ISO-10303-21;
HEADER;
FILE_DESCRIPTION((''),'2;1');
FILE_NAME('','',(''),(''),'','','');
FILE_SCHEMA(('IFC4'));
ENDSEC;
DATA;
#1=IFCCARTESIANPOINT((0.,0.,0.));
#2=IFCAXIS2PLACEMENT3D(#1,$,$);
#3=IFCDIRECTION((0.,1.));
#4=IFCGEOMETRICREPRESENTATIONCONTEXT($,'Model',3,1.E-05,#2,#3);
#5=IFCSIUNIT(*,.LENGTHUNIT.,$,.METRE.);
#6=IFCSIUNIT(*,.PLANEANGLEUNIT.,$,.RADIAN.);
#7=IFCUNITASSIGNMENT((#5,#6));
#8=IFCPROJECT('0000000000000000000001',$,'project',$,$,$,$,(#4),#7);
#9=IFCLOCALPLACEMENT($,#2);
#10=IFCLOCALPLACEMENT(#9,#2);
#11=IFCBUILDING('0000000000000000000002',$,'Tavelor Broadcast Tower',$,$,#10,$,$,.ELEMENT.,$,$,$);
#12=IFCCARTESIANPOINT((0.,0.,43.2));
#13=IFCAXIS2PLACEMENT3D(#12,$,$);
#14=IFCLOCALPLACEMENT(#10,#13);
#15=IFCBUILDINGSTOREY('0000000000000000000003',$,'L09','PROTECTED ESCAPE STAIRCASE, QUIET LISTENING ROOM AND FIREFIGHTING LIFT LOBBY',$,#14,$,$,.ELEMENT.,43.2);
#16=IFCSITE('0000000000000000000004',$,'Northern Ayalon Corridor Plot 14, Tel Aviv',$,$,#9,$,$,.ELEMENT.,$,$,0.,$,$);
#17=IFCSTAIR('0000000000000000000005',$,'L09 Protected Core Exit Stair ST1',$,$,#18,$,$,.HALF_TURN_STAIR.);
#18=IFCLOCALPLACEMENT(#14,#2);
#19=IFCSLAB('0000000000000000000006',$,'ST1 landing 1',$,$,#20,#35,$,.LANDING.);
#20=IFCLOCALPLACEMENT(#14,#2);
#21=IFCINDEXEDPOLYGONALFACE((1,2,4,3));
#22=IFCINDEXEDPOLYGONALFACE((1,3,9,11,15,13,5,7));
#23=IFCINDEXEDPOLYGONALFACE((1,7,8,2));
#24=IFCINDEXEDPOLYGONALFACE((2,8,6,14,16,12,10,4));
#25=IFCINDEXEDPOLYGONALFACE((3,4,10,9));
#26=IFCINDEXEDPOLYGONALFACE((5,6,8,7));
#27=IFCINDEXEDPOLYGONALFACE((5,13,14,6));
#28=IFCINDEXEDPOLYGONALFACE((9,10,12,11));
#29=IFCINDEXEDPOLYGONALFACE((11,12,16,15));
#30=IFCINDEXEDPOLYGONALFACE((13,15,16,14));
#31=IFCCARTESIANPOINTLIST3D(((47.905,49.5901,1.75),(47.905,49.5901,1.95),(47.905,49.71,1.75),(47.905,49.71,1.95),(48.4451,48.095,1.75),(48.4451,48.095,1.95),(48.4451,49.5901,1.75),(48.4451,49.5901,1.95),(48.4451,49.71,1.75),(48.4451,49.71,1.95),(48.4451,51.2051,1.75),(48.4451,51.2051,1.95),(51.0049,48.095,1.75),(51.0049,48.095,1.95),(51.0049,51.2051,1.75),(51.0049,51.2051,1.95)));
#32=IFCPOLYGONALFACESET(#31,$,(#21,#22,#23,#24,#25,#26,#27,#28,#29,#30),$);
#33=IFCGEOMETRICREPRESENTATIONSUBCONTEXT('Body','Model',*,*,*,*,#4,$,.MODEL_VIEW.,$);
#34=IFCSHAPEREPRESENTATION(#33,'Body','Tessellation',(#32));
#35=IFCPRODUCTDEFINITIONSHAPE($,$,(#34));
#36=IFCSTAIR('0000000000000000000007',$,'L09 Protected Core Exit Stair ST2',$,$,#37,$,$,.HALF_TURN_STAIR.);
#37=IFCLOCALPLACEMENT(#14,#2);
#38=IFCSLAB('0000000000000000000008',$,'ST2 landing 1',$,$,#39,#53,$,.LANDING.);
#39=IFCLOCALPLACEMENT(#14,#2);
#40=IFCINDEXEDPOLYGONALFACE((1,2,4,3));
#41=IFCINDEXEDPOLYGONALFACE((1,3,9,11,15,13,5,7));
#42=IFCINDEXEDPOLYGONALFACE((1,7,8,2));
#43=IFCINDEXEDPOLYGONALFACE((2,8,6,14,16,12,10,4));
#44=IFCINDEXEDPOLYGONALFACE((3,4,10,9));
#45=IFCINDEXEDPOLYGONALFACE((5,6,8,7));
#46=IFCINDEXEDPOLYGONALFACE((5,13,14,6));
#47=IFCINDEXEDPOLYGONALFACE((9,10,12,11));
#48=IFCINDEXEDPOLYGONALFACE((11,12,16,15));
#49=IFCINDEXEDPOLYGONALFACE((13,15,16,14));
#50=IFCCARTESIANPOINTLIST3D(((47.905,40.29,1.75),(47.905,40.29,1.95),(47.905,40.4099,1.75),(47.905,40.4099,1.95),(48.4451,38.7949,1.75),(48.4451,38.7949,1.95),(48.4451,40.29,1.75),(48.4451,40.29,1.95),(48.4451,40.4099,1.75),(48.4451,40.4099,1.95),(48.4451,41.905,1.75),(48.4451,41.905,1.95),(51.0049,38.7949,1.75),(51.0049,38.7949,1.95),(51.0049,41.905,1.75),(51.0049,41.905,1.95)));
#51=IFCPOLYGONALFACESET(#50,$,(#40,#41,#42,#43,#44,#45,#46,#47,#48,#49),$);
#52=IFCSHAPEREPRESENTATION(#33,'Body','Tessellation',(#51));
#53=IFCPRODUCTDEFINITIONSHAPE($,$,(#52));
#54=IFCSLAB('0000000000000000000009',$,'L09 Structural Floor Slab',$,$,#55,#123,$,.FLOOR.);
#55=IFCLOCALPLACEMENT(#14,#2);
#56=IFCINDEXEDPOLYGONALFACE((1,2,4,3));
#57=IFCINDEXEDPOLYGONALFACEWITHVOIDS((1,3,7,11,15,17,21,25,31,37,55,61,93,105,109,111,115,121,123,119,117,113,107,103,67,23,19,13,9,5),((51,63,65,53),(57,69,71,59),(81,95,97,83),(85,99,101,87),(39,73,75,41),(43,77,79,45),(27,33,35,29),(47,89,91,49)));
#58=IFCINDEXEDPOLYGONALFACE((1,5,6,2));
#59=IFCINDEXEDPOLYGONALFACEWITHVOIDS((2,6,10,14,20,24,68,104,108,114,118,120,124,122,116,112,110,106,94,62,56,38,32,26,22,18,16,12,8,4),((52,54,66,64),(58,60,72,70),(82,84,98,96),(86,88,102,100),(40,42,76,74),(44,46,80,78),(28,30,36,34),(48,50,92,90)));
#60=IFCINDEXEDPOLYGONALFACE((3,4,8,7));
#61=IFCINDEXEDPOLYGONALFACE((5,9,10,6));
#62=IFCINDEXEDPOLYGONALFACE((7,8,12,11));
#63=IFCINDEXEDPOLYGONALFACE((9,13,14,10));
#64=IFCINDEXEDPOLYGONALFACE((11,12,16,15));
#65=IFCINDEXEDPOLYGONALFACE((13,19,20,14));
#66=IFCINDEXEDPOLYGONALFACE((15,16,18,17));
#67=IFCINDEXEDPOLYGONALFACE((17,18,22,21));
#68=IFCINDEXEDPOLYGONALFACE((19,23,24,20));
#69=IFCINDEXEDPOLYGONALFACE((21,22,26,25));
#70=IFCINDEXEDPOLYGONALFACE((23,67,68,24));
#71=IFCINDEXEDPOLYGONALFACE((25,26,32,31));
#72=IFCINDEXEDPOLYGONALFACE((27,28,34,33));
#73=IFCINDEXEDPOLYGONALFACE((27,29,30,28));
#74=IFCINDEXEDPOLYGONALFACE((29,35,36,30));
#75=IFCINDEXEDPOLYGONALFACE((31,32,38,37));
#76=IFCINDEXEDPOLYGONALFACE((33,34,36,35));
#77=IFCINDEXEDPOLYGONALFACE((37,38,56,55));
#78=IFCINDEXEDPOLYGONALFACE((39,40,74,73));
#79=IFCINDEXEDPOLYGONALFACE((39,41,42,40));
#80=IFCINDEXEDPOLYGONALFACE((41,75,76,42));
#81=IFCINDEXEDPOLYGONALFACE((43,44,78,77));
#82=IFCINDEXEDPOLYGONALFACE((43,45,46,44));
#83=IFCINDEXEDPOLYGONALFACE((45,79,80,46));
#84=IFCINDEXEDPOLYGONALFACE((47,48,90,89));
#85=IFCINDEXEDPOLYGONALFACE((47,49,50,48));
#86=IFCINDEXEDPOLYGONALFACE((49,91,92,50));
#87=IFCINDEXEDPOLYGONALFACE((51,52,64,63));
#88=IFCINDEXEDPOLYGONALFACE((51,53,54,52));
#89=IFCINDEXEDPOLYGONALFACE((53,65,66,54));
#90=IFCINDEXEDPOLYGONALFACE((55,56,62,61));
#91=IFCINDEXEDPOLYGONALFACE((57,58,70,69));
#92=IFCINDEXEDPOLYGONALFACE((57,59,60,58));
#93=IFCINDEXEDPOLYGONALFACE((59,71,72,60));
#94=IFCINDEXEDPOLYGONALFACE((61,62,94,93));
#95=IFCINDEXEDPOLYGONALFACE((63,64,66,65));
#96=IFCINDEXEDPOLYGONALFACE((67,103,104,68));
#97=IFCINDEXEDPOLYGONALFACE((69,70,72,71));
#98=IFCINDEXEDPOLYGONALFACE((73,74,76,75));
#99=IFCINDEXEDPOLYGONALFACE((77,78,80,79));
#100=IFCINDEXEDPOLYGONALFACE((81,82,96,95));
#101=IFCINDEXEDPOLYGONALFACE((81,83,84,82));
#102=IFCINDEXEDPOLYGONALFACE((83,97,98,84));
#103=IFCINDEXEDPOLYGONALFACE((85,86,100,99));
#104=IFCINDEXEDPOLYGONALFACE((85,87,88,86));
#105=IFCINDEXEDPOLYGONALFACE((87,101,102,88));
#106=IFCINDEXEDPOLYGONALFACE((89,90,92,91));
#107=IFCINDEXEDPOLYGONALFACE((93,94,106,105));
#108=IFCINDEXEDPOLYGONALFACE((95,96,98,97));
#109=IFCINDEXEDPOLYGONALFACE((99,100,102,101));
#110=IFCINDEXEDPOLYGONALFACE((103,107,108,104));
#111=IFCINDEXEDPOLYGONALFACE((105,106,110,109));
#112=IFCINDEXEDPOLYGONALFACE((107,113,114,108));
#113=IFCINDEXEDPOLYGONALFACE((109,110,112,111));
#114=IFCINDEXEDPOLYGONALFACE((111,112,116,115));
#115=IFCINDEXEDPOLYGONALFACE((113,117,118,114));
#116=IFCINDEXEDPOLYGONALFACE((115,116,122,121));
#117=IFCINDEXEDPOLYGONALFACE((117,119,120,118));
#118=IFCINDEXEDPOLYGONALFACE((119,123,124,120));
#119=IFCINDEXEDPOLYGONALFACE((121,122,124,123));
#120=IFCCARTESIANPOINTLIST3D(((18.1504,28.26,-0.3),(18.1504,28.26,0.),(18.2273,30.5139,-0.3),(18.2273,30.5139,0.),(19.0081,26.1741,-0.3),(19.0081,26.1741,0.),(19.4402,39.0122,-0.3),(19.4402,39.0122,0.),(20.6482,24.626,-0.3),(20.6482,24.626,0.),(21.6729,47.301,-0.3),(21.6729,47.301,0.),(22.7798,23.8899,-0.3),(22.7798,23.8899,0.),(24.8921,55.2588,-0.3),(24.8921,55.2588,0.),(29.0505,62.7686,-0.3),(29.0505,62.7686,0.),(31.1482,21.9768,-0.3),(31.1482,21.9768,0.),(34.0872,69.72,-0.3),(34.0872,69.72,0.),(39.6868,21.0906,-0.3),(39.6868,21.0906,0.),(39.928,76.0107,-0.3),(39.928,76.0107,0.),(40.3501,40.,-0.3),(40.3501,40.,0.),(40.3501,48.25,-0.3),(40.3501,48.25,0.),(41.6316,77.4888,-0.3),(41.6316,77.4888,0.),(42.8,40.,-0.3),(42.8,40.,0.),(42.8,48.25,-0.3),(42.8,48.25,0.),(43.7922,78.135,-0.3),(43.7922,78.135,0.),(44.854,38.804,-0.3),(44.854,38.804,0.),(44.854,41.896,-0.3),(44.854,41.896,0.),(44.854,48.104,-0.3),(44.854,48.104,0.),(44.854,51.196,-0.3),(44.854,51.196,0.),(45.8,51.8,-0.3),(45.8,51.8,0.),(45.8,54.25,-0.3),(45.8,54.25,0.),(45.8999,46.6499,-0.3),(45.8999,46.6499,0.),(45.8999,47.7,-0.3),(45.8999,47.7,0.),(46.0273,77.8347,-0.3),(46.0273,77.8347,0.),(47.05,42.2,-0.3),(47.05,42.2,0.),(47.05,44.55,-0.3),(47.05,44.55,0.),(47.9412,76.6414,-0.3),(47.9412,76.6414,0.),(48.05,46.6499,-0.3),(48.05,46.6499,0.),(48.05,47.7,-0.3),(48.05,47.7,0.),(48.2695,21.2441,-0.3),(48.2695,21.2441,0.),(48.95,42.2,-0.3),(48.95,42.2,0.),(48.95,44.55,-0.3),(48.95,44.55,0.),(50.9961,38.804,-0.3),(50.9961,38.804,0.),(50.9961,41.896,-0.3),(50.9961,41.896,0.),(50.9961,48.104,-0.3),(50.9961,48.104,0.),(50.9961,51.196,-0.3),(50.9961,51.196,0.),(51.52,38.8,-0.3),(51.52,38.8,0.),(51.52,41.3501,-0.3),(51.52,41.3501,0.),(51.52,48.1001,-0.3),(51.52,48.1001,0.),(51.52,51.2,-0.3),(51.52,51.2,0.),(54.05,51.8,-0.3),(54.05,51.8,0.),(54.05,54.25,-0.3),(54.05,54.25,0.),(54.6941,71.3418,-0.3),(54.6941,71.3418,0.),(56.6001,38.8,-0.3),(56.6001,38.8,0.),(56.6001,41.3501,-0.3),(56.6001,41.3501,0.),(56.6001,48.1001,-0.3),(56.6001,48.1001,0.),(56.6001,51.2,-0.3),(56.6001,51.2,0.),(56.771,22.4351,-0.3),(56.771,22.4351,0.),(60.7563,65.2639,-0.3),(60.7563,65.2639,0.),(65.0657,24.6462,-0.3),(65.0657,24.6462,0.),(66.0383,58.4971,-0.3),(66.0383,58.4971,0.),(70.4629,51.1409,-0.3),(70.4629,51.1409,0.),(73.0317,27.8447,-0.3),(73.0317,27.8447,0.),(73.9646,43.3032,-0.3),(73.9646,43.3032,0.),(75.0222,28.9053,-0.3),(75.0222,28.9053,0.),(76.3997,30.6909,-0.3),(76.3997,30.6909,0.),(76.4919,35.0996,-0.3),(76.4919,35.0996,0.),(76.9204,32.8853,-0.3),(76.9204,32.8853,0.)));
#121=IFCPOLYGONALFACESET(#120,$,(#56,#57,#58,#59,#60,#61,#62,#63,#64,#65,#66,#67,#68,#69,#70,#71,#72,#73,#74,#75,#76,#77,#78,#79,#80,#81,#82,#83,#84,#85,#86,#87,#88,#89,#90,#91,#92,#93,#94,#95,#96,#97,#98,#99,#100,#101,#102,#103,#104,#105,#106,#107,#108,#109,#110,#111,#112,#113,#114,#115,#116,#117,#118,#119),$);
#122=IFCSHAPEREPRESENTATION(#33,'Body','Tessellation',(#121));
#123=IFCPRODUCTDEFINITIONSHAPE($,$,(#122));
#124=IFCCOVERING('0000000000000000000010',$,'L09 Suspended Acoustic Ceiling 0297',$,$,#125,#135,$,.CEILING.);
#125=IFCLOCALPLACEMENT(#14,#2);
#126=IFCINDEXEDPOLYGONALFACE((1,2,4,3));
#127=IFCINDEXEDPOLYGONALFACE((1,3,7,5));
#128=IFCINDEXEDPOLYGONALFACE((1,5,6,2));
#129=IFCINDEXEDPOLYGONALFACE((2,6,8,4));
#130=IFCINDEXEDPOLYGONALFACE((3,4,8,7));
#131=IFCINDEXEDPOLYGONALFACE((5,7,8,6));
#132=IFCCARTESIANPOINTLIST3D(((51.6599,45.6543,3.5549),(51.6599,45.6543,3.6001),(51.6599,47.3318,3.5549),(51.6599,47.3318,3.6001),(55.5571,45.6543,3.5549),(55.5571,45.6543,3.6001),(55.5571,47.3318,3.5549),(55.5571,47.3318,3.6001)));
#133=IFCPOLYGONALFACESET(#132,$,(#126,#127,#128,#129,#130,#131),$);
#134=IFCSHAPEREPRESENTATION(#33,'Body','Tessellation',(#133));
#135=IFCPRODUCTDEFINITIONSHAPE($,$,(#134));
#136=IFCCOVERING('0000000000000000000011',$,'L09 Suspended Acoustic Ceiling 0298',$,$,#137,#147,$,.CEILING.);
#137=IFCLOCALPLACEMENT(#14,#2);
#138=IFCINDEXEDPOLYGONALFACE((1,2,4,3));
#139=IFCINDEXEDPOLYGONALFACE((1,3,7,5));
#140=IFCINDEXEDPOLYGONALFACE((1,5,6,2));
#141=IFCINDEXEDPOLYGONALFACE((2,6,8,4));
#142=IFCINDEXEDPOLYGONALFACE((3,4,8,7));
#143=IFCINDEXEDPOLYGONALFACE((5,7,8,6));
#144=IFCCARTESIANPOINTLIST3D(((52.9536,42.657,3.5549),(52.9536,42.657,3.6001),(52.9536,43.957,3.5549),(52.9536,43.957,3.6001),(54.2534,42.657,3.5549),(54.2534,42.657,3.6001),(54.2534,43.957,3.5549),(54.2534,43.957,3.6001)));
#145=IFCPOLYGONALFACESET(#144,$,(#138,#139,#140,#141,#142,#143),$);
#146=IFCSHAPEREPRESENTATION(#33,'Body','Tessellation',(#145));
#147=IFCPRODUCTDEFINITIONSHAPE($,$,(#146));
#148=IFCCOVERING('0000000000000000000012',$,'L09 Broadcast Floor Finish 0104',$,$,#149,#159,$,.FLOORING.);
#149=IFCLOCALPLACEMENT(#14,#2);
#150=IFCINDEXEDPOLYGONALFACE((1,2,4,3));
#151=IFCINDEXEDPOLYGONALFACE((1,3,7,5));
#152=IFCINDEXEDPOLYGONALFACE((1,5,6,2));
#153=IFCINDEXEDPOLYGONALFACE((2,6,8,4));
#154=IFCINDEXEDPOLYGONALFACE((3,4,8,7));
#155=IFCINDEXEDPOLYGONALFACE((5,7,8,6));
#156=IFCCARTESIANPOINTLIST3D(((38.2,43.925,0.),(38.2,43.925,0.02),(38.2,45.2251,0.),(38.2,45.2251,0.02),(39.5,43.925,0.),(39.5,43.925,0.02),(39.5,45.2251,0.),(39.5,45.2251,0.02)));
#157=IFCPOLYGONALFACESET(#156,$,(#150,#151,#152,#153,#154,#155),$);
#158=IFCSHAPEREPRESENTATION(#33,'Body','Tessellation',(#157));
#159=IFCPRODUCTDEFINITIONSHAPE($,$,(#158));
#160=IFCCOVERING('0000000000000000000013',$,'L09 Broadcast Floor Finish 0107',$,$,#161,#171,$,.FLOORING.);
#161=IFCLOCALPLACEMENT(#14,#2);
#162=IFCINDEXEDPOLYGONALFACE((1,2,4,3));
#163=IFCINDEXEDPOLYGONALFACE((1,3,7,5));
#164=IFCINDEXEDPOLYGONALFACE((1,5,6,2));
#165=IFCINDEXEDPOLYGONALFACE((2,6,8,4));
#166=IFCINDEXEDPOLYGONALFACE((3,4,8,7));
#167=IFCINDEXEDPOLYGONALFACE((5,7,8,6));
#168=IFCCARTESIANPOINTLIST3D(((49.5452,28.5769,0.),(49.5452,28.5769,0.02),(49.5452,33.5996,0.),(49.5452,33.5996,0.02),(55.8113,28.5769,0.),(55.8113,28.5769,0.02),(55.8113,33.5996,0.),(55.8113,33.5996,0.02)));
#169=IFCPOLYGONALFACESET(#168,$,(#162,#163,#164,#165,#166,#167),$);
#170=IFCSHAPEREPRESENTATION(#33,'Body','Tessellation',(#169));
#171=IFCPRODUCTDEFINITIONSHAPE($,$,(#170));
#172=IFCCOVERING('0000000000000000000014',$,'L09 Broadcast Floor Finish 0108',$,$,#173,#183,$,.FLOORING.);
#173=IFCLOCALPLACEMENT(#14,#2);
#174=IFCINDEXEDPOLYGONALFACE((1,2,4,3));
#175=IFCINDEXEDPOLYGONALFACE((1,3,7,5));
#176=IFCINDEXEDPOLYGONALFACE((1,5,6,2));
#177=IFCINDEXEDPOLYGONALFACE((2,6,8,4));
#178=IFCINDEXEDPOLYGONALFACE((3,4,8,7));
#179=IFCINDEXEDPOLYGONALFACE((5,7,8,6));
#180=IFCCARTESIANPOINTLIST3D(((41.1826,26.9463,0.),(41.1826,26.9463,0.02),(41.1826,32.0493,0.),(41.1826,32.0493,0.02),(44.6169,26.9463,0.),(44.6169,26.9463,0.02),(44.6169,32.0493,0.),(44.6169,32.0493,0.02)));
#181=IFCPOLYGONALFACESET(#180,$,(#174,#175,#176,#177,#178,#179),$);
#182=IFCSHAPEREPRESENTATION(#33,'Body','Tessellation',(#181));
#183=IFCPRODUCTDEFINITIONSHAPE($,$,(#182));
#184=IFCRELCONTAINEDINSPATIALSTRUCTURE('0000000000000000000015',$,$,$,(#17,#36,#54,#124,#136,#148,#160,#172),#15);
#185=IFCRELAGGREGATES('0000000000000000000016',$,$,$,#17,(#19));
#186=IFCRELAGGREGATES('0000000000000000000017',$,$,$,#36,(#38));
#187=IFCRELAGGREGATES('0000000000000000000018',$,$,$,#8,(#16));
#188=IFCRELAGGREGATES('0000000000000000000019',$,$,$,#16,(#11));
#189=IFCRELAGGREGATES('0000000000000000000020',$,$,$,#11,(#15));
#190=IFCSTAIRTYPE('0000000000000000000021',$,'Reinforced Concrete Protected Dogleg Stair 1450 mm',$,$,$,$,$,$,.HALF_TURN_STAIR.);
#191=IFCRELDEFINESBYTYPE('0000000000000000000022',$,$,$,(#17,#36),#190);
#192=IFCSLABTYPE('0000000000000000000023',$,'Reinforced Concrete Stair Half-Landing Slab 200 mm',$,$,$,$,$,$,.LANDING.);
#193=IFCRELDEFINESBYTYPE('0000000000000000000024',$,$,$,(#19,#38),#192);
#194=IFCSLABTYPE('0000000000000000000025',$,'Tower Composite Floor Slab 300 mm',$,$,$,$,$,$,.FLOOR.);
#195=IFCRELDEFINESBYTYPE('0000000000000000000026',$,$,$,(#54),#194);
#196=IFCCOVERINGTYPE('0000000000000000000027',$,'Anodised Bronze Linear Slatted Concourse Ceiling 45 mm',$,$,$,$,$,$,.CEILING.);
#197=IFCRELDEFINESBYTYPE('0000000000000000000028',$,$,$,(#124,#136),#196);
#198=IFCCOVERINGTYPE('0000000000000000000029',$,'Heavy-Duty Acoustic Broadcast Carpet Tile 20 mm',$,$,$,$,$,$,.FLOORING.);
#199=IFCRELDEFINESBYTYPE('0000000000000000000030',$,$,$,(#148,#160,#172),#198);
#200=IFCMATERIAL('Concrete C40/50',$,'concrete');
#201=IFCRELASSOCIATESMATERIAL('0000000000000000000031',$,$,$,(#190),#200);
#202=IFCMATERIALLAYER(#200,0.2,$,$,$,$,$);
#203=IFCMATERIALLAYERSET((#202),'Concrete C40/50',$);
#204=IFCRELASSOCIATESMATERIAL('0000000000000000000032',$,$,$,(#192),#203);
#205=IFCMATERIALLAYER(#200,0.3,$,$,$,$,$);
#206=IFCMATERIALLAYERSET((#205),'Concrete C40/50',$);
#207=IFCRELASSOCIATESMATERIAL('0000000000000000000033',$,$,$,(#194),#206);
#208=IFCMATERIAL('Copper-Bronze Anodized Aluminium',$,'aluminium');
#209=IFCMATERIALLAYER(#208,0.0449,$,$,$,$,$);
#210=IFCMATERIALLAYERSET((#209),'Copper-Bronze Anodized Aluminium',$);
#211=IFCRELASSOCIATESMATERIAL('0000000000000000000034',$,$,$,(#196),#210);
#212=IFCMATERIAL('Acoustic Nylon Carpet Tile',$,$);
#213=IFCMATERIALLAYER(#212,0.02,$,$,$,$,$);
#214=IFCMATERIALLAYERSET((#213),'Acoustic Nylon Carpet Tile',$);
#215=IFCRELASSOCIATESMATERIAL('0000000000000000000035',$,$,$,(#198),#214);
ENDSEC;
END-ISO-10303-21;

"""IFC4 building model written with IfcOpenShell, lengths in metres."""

from ifc_helpers import new_model, si_unit, direction, frame, origin, place, context, subcontext, project, spatial, polyline, outline, extrude, material, layer, layer_set, type_object, element, aggregate, save


model = new_model("IFC4")

# Units and contexts
model_context = context("Model", 3, precision=1e-05, world=origin(), true_north=direction((0.0, 1.0)))
body_context = subcontext(model_context, "Body", "Model", "MODEL_VIEW")
ifc_project = project(units=[si_unit("LENGTHUNIT", "METRE"), si_unit("PLANEANGLEUNIT", "RADIAN")], contexts=[model_context])

# Site, building, storey
site_placement = place(None, origin())
site = spatial("IfcSite", under=ifc_project, at=site_placement, Name="Northern Ayalon Corridor Plot 14, Tel Aviv", CompositionType="ELEMENT", RefElevation=0.0)
building_placement = place(site_placement, origin())
building = spatial("IfcBuilding", under=site, at=building_placement, Name="Tavelor Broadcast Tower", CompositionType="ELEMENT")
storey_placement = place(building_placement, frame((0.0, 0.0, 43.2)))
storey = spatial("IfcBuildingStorey", under=building, at=storey_placement, Name="L09", Description="PROTECTED ESCAPE STAIRCASE, QUIET LISTENING ROOM AND FIREFIGHTING LIFT LOBBY", CompositionType="ELEMENT", Elevation=43.2)

# Stairs, slabs
ifc_material_1 = material(Name="Concrete C40/50", Category="concrete")
stair_type = type_object("IfcStairType", Name="Reinforced Concrete Protected Dogleg Stair 1450 mm", PredefinedType="HALF_TURN_STAIR", material=ifc_material_1)
stair_1_placement = place(storey_placement, origin())
stair_1 = element("IfcStair", 1, at=stair_1_placement, inside=storey, type_object=stair_type, Name="L09 Protected Core Exit Stair ST1", PredefinedType="HALF_TURN_STAIR")
ifc_layer_1 = layer(ifc_material_1, 0.2)
ifc_layer_set_1 = layer_set([ifc_layer_1], Name="Concrete C40/50")
slab_type_1 = type_object("IfcSlabType", Name="Reinforced Concrete Stair Half-Landing Slab 200 mm", PredefinedType="LANDING", material=ifc_layer_set_1)
slab_1_placement = place(storey_placement, frame((0.0, 0.0, 1.75)))
slab_1 = element("IfcSlab", 2, at=slab_1_placement, type_object=slab_type_1, Name="ST1 landing 1", PredefinedType="LANDING", context=body_context, shape_type="SweptSolid", body=[
    extrude(outline(polyline([(48.4451, 49.5901), (48.4451, 48.095), (51.0049, 48.095), (51.0049, 51.2051), (48.4451, 51.2051), (48.4451, 49.71), (47.905, 49.71), (47.905, 49.5901), (48.4451, 49.5901)])), origin(), (0.0, 0.0, 1.0), 0.2),
])
aggregate(stair_1, [slab_1])
stair_2_placement = place(storey_placement, origin())
stair_2 = element("IfcStair", 3, at=stair_2_placement, inside=storey, type_object=stair_type, Name="L09 Protected Core Exit Stair ST2", PredefinedType="HALF_TURN_STAIR")
slab_2_placement = place(storey_placement, frame((0.0, 0.0, 1.75)))
slab_2 = element("IfcSlab", 4, at=slab_2_placement, type_object=slab_type_1, Name="ST2 landing 1", PredefinedType="LANDING", context=body_context, shape_type="SweptSolid", body=[
    extrude(outline(polyline([(48.4451, 40.29), (48.4451, 38.7949), (51.0049, 38.7949), (51.0049, 41.905), (48.4451, 41.905), (48.4451, 40.4099), (47.905, 40.4099), (47.905, 40.29), (48.4451, 40.29)])), origin(), (0.0, 0.0, 1.0), 0.2),
])
aggregate(stair_2, [slab_2])

# Slab
ifc_layer_2 = layer(ifc_material_1, 0.3)
ifc_layer_set_2 = layer_set([ifc_layer_2], Name="Concrete C40/50")
slab_type_2 = type_object("IfcSlabType", Name="Tower Composite Floor Slab 300 mm", PredefinedType="FLOOR", material=ifc_layer_set_2)
slab_3_placement = place(storey_placement, frame((0.0, 0.0, -0.3)))
element("IfcSlab", 5, at=slab_3_placement, inside=storey, type_object=slab_type_2, Name="L09 Structural Floor Slab", PredefinedType="FLOOR", context=body_context, shape_type="SweptSolid", body=[
    extrude(outline(polyline([(47.9412, 76.6414), (46.0273, 77.8347), (43.7922, 78.135), (41.6316, 77.4888), (39.928, 76.0107), (34.0872, 69.72), (29.0505, 62.7686), (24.8921, 55.2588), (21.6729, 47.301), (19.4402, 39.0122), (18.2273, 30.5139), (18.1504, 28.26), (19.0081, 26.1741), (20.6482, 24.626), (22.7798, 23.8899), (31.1482, 21.9768), (39.6868, 21.0906), (48.2695, 21.2441), (56.771, 22.4351), (65.0657, 24.6462), (73.0317, 27.8447), (75.0222, 28.9053), (76.3997, 30.6909), (76.9204, 32.8853), (76.4919, 35.0996), (73.9646, 43.3032), (70.4629, 51.1409), (66.0383, 58.4971), (60.7563, 65.2639), (54.6941, 71.3418), (47.9412, 76.6414)]), holes=[polyline([(56.6001, 38.8), (51.52, 38.8), (51.52, 41.3501), (56.6001, 41.3501), (56.6001, 38.8)]), polyline([(50.9961, 38.804), (44.854, 38.804), (44.854, 41.896), (50.9961, 41.896), (50.9961, 38.804)]), polyline([(47.05, 42.2), (47.05, 44.55), (48.95, 44.55), (48.95, 42.2), (47.05, 42.2)]), polyline([(40.3501, 40.0), (40.3501, 48.25), (42.8, 48.25), (42.8, 40.0), (40.3501, 40.0)]), polyline([(48.05, 46.6499), (45.8999, 46.6499), (45.8999, 47.7), (48.05, 47.7), (48.05, 46.6499)]), polyline([(50.9961, 48.104), (44.854, 48.104), (44.854, 51.196), (50.9961, 51.196), (50.9961, 48.104)]), polyline([(56.6001, 48.1001), (51.52, 48.1001), (51.52, 51.2), (56.6001, 51.2), (56.6001, 48.1001)]), polyline([(54.05, 51.8), (45.8, 51.8), (45.8, 54.25), (54.05, 54.25), (54.05, 51.8)])]), origin(), (0.0, 0.0, 1.0), 0.3),
])

# Coverings
ifc_material_2 = material(Name="Copper-Bronze Anodized Aluminium", Category="aluminium")
ifc_layer_3 = layer(ifc_material_2, 0.0449)
ifc_layer_set_3 = layer_set([ifc_layer_3], Name="Copper-Bronze Anodized Aluminium")
covering_type_1 = type_object("IfcCoveringType", Name="Anodised Bronze Linear Slatted Concourse Ceiling 45 mm", PredefinedType="CEILING", material=ifc_layer_set_3)
covering_1_placement = place(storey_placement, frame((0.0, 0.0, 3.5549)))
element("IfcCovering", 6, at=covering_1_placement, inside=storey, type_object=covering_type_1, Name="L09 Suspended Acoustic Ceiling 0297", PredefinedType="CEILING", context=body_context, shape_type="SweptSolid", body=[
    extrude(outline(polyline([(51.6599, 45.6543), (55.5571, 45.6543), (55.5571, 47.3318), (51.6599, 47.3318), (51.6599, 45.6543)])), origin(), (0.0, 0.0, 1.0), 0.0452),
])
covering_2_placement = place(storey_placement, frame((0.0, 0.0, 3.5549)))
element("IfcCovering", 7, at=covering_2_placement, inside=storey, type_object=covering_type_1, Name="L09 Suspended Acoustic Ceiling 0298", PredefinedType="CEILING", context=body_context, shape_type="SweptSolid", body=[
    extrude(outline(polyline([(52.9536, 42.657), (54.2534, 42.657), (54.2534, 43.957), (52.9536, 43.957), (52.9536, 42.657)])), origin(), (0.0, 0.0, 1.0), 0.0452),
])
ifc_material_3 = material(Name="Acoustic Nylon Carpet Tile")
ifc_layer_4 = layer(ifc_material_3, 0.02)
ifc_layer_set_4 = layer_set([ifc_layer_4], Name="Acoustic Nylon Carpet Tile")
covering_type_2 = type_object("IfcCoveringType", Name="Heavy-Duty Acoustic Broadcast Carpet Tile 20 mm", PredefinedType="FLOORING", material=ifc_layer_set_4)
covering_3_placement = place(storey_placement, origin())
element("IfcCovering", 8, at=covering_3_placement, inside=storey, type_object=covering_type_2, Name="L09 Broadcast Floor Finish 0104", PredefinedType="FLOORING", context=body_context, shape_type="SweptSolid", body=[
    extrude(outline(polyline([(38.2, 43.925), (39.5, 43.925), (39.5, 45.2251), (38.2, 45.2251), (38.2, 43.925)])), origin(), (0.0, 0.0, 1.0), 0.02),
])
covering_4_placement = place(storey_placement, origin())
element("IfcCovering", 9, at=covering_4_placement, inside=storey, type_object=covering_type_2, Name="L09 Broadcast Floor Finish 0107", PredefinedType="FLOORING", context=body_context, shape_type="SweptSolid", body=[
    extrude(outline(polyline([(49.5452, 28.5769), (55.8113, 28.5769), (55.8113, 33.5996), (49.5452, 33.5996), (49.5452, 28.5769)])), origin(), (0.0, 0.0, 1.0), 0.02),
])
covering_5_placement = place(storey_placement, origin())
element("IfcCovering", 10, at=covering_5_placement, inside=storey, type_object=covering_type_2, Name="L09 Broadcast Floor Finish 0108", PredefinedType="FLOORING", context=body_context, shape_type="SweptSolid", body=[
    extrude(outline(polyline([(41.1826, 26.9463), (44.6169, 26.9463), (44.6169, 32.0493), (41.1826, 32.0493), (41.1826, 26.9463)])), origin(), (0.0, 0.0, 1.0), 0.02),
])

save(model, "model.ifc")
